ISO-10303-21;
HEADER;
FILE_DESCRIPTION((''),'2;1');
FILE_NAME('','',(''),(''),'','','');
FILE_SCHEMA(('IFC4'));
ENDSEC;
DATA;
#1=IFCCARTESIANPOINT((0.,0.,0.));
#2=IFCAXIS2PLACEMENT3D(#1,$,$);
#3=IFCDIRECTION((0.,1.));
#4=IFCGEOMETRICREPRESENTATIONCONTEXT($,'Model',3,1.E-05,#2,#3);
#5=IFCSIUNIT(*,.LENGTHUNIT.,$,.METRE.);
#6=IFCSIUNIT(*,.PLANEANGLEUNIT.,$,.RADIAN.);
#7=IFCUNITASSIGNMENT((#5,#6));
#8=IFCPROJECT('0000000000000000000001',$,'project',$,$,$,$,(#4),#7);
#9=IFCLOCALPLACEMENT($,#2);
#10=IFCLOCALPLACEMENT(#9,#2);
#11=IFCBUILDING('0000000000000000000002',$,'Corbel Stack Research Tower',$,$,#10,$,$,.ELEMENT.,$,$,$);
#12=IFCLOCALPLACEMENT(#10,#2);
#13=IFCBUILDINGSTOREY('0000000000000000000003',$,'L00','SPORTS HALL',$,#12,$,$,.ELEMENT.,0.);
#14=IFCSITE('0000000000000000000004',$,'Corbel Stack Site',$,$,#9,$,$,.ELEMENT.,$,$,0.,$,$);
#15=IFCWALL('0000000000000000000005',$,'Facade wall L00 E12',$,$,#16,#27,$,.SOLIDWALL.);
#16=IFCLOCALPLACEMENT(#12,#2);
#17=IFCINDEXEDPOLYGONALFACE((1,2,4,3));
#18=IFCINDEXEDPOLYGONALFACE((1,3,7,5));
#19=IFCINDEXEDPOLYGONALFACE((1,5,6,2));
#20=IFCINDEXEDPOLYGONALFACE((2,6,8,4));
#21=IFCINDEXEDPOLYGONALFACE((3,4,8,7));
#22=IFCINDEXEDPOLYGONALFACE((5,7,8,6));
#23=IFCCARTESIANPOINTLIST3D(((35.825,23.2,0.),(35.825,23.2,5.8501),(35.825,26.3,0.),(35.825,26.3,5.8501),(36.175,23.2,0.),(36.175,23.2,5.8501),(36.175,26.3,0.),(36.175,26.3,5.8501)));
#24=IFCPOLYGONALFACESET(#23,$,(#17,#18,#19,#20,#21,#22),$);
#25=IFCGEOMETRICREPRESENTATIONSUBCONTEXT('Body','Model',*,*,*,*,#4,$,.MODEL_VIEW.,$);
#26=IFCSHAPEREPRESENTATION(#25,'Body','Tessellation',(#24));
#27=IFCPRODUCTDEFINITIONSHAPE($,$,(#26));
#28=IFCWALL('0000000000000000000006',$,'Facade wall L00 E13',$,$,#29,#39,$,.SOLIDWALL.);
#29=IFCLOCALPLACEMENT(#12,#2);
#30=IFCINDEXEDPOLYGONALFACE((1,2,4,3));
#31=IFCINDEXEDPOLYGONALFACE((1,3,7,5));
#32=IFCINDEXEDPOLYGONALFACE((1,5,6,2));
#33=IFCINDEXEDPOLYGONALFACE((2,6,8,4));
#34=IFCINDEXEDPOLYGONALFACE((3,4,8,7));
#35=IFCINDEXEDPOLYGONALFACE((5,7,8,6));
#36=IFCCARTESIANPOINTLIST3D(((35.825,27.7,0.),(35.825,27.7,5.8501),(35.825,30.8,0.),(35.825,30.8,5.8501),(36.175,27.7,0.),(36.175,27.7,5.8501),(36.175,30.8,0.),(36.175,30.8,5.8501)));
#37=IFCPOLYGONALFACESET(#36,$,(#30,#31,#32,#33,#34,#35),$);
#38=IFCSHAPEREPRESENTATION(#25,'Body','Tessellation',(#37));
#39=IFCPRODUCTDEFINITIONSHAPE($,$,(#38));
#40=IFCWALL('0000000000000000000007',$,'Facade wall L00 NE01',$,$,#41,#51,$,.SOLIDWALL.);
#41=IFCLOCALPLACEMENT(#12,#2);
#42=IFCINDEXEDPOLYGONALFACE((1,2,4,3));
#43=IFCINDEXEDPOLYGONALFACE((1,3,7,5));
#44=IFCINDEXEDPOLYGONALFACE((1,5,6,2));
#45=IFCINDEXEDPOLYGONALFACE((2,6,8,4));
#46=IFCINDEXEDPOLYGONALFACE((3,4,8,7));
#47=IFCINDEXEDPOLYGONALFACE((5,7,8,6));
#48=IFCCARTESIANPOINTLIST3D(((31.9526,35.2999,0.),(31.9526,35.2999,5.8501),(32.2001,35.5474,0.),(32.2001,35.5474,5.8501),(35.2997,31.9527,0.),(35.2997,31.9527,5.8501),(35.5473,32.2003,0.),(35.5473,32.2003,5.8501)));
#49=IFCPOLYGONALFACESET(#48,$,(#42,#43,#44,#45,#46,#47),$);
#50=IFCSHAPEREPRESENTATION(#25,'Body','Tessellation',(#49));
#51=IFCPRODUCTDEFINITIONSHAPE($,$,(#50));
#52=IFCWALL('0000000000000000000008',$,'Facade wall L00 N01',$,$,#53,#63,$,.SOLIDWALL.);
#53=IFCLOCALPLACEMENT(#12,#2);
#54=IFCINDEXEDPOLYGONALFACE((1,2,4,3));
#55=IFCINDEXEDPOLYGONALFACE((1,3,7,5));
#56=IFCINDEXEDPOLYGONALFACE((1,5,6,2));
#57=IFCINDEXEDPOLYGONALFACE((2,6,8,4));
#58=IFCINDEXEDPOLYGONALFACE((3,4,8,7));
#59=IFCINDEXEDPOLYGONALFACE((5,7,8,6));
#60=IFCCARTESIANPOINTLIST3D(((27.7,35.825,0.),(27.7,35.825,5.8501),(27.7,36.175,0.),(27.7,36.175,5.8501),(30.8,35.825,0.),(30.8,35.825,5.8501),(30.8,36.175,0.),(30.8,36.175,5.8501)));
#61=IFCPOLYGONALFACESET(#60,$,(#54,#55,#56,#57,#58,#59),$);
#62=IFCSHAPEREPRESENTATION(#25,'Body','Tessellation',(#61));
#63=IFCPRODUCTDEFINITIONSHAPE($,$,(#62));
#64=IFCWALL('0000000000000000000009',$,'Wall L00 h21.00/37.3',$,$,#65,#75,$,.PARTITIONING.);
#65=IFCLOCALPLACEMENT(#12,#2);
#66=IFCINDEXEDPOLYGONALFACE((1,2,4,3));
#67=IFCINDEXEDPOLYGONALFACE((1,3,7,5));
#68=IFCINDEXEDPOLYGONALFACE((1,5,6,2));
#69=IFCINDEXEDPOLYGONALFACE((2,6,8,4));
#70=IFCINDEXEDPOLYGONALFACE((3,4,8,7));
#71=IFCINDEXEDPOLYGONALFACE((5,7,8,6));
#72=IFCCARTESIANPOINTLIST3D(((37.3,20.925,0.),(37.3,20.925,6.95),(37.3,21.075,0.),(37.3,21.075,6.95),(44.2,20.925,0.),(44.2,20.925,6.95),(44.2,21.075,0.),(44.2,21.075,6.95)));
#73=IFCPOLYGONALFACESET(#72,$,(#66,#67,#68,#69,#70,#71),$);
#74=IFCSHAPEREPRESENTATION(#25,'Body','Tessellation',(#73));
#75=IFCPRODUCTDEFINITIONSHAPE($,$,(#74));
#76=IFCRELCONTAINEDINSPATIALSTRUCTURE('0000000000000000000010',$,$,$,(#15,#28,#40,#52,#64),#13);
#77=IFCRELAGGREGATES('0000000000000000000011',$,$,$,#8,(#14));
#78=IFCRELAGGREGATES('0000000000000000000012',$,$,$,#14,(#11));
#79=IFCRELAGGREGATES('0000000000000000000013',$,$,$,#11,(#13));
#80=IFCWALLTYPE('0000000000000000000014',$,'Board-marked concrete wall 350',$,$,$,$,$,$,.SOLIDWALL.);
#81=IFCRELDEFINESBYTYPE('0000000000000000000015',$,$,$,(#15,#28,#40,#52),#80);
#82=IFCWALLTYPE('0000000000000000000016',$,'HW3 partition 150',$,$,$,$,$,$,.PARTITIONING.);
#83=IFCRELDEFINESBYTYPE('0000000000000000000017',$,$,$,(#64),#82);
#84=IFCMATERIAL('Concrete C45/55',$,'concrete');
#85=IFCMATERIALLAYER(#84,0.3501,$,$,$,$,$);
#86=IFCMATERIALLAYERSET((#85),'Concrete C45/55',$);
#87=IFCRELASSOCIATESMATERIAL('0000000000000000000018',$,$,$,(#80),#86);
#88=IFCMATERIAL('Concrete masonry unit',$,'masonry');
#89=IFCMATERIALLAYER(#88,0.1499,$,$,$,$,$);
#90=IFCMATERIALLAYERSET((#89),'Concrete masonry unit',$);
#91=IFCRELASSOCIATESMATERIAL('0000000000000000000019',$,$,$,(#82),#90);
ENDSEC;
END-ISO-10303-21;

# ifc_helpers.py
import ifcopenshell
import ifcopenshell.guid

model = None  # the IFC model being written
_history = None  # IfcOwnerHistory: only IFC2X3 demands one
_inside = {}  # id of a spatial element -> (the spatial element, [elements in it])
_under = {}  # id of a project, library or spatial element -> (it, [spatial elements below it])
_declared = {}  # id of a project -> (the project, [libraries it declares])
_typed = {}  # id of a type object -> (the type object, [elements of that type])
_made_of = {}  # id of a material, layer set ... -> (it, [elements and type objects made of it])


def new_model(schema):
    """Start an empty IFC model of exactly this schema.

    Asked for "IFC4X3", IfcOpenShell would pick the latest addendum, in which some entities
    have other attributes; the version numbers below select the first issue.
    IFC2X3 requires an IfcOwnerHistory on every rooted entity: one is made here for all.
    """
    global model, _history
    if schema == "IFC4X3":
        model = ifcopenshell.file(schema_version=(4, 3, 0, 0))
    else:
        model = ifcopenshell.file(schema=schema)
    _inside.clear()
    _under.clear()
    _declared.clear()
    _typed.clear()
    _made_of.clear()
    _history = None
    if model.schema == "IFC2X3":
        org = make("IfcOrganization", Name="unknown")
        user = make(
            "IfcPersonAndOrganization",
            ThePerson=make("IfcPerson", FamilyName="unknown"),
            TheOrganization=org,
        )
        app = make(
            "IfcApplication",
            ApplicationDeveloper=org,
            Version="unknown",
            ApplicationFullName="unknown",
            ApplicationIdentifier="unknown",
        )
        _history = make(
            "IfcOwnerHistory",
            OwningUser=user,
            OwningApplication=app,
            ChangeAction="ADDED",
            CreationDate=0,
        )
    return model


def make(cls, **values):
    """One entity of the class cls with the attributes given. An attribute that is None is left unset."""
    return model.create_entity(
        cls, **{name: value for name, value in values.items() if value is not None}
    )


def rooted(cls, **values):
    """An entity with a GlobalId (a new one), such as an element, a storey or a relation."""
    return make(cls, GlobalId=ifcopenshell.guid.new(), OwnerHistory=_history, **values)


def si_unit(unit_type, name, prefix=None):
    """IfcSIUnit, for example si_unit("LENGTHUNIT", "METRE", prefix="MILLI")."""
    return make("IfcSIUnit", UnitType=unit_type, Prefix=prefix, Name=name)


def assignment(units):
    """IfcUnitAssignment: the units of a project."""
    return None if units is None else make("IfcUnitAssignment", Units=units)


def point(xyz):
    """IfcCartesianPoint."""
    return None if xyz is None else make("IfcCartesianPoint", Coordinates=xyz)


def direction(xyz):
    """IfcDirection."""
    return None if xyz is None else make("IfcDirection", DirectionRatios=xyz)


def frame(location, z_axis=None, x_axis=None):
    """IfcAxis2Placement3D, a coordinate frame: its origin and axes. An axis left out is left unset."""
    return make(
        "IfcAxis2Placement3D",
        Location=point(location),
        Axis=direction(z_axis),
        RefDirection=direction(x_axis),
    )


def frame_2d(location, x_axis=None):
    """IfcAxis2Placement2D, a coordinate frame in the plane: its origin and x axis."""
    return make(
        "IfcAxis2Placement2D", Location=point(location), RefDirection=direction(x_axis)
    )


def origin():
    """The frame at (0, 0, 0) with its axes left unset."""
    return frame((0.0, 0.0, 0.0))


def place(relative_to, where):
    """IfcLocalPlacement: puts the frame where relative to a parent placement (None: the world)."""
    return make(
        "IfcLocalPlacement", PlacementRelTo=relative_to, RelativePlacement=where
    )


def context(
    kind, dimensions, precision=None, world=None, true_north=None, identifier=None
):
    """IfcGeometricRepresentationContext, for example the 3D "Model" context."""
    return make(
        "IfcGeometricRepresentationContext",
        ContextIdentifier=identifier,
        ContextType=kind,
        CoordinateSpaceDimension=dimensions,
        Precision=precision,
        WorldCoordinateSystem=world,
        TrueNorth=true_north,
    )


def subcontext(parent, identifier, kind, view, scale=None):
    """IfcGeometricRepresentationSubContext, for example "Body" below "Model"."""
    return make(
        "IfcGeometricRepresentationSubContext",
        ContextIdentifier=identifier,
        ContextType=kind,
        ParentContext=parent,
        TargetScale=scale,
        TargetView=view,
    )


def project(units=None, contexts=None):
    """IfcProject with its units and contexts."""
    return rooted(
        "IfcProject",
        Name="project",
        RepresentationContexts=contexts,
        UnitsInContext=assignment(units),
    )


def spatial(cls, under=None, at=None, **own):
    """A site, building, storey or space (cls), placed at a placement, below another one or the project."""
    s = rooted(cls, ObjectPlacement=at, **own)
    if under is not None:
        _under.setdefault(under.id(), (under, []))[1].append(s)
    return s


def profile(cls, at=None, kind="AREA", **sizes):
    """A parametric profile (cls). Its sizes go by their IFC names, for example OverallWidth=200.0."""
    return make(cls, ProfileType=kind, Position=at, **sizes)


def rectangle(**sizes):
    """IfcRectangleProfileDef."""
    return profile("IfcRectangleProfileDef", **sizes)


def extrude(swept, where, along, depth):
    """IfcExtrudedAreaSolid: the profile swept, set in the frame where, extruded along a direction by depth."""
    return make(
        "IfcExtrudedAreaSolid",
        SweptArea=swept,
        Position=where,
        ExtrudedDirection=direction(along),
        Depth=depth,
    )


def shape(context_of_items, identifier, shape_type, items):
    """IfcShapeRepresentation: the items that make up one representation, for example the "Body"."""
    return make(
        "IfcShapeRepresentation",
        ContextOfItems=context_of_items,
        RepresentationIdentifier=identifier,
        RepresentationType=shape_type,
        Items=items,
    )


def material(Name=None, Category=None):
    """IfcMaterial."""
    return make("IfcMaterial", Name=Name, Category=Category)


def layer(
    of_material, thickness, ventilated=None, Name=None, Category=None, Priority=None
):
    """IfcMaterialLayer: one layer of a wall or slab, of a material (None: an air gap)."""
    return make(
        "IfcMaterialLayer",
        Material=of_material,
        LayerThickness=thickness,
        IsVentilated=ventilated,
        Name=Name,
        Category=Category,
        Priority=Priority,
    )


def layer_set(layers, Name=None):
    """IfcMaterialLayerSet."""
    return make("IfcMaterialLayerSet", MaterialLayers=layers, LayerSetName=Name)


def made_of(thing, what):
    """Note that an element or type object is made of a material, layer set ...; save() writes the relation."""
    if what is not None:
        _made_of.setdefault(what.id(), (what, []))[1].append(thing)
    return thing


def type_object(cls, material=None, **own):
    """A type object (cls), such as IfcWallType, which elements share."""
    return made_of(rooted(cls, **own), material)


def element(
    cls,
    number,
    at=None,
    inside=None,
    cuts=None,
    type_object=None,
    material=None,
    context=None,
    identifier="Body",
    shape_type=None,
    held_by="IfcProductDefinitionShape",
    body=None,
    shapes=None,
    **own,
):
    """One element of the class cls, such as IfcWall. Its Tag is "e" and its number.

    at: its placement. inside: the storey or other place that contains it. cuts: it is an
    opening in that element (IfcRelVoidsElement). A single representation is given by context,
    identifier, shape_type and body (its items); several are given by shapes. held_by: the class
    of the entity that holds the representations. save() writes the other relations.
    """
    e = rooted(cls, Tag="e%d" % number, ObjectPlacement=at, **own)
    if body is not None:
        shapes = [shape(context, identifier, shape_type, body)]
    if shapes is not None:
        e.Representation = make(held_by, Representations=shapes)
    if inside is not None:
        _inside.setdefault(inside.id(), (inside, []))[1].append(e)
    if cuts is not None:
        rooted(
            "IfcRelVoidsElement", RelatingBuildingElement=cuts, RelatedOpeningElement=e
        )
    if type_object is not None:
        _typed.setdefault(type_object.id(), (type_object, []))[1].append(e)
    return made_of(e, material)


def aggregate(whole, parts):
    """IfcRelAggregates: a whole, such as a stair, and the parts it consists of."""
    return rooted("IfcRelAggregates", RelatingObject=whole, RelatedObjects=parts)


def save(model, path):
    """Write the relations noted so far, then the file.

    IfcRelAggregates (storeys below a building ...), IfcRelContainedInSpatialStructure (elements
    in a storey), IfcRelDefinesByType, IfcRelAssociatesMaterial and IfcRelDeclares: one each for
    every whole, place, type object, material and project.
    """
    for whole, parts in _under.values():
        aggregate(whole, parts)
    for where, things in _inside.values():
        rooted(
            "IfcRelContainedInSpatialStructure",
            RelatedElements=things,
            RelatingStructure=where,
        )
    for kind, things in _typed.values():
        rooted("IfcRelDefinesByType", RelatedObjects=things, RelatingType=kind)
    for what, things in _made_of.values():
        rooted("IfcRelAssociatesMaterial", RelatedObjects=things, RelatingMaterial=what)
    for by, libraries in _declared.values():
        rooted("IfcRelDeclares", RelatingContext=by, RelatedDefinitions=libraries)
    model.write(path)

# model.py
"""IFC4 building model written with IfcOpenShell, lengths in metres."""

from ifc_helpers import new_model, si_unit, direction, frame, frame_2d, origin, place, context, subcontext, project, spatial, rectangle, extrude, material, layer, layer_set, type_object, element, save


model = new_model("IFC4")

# Units and contexts
model_context = context("Model", 3, precision=1e-05, world=origin(), true_north=direction((0.0, 1.0)))
body_context = subcontext(model_context, "Body", "Model", "MODEL_VIEW")
ifc_project = project(units=[si_unit("LENGTHUNIT", "METRE"), si_unit("PLANEANGLEUNIT", "RADIAN")], contexts=[model_context])

# Site, building, storey
site_placement = place(None, origin())
site = spatial("IfcSite", under=ifc_project, at=site_placement, Name="Corbel Stack Site", CompositionType="ELEMENT", RefElevation=0.0)
building_placement = place(site_placement, origin())
building = spatial("IfcBuilding", under=site, at=building_placement, Name="Corbel Stack Research Tower", CompositionType="ELEMENT")
storey_placement = place(building_placement, origin())
storey = spatial("IfcBuildingStorey", under=building, at=storey_placement, Name="L00", Description="SPORTS HALL", CompositionType="ELEMENT", Elevation=0.0)

# Shared definitions
ifc_material_1 = material(Name="Concrete C45/55", Category="concrete")
ifc_layer_1 = layer(ifc_material_1, 0.3501)
ifc_layer_set_1 = layer_set([ifc_layer_1], Name="Concrete C45/55")
wall_type_1 = type_object("IfcWallType", Name="Board-marked concrete wall 350", PredefinedType="SOLIDWALL", material=ifc_layer_set_1)

# Walls
for number, where, z_axis, x_axis, name in (
    (1, (36.0, 26.3, 0.0), (0.0, 0.0, 1.0), (0.0, -1.0, 0.0), "Facade wall L00 E12"),
    (2, (36.0, 30.8, 0.0), (0.0, 0.0, 1.0), (0.0, -1.0, 0.0), "Facade wall L00 E13"),
):
    element("IfcWall", number, at=place(storey_placement, frame(where, z_axis=z_axis, x_axis=x_axis)), inside=storey, type_object=wall_type_1, Name=name, PredefinedType="SOLIDWALL", context=body_context, shape_type="SweptSolid", body=[
        extrude(rectangle(XDim=3.1001, YDim=0.3501, at=frame_2d((1.55, 0.0))), origin(), (0.0, 0.0, 1.0), 5.8501),
    ])
wall_1_placement = place(storey_placement, frame((32.0764, 35.4236, 0.0), z_axis=(0.0, 0.0, 1.0), x_axis=(0.707107, -0.707107, 0.0)))
element("IfcWall", 3, at=wall_1_placement, inside=storey, type_object=wall_type_1, Name="Facade wall L00 NE01", PredefinedType="SOLIDWALL", context=body_context, shape_type="SweptSolid", body=[
    extrude(rectangle(XDim=4.7336, YDim=0.3501, at=frame_2d((2.3667, 0.0))), origin(), (0.0, 0.0, 1.0), 5.8501),
])
wall_2_placement = place(storey_placement, frame((27.7, 36.0, 0.0), z_axis=(0.0, 0.0, 1.0), x_axis=(1.0, 0.0, 0.0)))
element("IfcWall", 4, at=wall_2_placement, inside=storey, type_object=wall_type_1, Name="Facade wall L00 N01", PredefinedType="SOLIDWALL", context=body_context, shape_type="SweptSolid", body=[
    extrude(rectangle(XDim=3.1001, YDim=0.3501, at=frame_2d((1.55, 0.0))), origin(), (0.0, 0.0, 1.0), 5.8501),
])
ifc_material_2 = material(Name="Concrete masonry unit", Category="masonry")
ifc_layer_2 = layer(ifc_material_2, 0.1499)
ifc_layer_set_2 = layer_set([ifc_layer_2], Name="Concrete masonry unit")
wall_type_2 = type_object("IfcWallType", Name="HW3 partition 150", PredefinedType="PARTITIONING", material=ifc_layer_set_2)
wall_3_placement = place(storey_placement, frame((37.3, 21.0, 0.0), z_axis=(0.0, 0.0, 1.0), x_axis=(1.0, 0.0, 0.0)))
element("IfcWall", 5, at=wall_3_placement, inside=storey, type_object=wall_type_2, Name="Wall L00 h21.00/37.3", PredefinedType="PARTITIONING", context=body_context, shape_type="SweptSolid", body=[
    extrude(rectangle(XDim=6.8999, YDim=0.1499, at=frame_2d((3.45, 0.0))), origin(), (0.0, 0.0, 1.0), 6.95),
])

save(model, "model.ifc")
